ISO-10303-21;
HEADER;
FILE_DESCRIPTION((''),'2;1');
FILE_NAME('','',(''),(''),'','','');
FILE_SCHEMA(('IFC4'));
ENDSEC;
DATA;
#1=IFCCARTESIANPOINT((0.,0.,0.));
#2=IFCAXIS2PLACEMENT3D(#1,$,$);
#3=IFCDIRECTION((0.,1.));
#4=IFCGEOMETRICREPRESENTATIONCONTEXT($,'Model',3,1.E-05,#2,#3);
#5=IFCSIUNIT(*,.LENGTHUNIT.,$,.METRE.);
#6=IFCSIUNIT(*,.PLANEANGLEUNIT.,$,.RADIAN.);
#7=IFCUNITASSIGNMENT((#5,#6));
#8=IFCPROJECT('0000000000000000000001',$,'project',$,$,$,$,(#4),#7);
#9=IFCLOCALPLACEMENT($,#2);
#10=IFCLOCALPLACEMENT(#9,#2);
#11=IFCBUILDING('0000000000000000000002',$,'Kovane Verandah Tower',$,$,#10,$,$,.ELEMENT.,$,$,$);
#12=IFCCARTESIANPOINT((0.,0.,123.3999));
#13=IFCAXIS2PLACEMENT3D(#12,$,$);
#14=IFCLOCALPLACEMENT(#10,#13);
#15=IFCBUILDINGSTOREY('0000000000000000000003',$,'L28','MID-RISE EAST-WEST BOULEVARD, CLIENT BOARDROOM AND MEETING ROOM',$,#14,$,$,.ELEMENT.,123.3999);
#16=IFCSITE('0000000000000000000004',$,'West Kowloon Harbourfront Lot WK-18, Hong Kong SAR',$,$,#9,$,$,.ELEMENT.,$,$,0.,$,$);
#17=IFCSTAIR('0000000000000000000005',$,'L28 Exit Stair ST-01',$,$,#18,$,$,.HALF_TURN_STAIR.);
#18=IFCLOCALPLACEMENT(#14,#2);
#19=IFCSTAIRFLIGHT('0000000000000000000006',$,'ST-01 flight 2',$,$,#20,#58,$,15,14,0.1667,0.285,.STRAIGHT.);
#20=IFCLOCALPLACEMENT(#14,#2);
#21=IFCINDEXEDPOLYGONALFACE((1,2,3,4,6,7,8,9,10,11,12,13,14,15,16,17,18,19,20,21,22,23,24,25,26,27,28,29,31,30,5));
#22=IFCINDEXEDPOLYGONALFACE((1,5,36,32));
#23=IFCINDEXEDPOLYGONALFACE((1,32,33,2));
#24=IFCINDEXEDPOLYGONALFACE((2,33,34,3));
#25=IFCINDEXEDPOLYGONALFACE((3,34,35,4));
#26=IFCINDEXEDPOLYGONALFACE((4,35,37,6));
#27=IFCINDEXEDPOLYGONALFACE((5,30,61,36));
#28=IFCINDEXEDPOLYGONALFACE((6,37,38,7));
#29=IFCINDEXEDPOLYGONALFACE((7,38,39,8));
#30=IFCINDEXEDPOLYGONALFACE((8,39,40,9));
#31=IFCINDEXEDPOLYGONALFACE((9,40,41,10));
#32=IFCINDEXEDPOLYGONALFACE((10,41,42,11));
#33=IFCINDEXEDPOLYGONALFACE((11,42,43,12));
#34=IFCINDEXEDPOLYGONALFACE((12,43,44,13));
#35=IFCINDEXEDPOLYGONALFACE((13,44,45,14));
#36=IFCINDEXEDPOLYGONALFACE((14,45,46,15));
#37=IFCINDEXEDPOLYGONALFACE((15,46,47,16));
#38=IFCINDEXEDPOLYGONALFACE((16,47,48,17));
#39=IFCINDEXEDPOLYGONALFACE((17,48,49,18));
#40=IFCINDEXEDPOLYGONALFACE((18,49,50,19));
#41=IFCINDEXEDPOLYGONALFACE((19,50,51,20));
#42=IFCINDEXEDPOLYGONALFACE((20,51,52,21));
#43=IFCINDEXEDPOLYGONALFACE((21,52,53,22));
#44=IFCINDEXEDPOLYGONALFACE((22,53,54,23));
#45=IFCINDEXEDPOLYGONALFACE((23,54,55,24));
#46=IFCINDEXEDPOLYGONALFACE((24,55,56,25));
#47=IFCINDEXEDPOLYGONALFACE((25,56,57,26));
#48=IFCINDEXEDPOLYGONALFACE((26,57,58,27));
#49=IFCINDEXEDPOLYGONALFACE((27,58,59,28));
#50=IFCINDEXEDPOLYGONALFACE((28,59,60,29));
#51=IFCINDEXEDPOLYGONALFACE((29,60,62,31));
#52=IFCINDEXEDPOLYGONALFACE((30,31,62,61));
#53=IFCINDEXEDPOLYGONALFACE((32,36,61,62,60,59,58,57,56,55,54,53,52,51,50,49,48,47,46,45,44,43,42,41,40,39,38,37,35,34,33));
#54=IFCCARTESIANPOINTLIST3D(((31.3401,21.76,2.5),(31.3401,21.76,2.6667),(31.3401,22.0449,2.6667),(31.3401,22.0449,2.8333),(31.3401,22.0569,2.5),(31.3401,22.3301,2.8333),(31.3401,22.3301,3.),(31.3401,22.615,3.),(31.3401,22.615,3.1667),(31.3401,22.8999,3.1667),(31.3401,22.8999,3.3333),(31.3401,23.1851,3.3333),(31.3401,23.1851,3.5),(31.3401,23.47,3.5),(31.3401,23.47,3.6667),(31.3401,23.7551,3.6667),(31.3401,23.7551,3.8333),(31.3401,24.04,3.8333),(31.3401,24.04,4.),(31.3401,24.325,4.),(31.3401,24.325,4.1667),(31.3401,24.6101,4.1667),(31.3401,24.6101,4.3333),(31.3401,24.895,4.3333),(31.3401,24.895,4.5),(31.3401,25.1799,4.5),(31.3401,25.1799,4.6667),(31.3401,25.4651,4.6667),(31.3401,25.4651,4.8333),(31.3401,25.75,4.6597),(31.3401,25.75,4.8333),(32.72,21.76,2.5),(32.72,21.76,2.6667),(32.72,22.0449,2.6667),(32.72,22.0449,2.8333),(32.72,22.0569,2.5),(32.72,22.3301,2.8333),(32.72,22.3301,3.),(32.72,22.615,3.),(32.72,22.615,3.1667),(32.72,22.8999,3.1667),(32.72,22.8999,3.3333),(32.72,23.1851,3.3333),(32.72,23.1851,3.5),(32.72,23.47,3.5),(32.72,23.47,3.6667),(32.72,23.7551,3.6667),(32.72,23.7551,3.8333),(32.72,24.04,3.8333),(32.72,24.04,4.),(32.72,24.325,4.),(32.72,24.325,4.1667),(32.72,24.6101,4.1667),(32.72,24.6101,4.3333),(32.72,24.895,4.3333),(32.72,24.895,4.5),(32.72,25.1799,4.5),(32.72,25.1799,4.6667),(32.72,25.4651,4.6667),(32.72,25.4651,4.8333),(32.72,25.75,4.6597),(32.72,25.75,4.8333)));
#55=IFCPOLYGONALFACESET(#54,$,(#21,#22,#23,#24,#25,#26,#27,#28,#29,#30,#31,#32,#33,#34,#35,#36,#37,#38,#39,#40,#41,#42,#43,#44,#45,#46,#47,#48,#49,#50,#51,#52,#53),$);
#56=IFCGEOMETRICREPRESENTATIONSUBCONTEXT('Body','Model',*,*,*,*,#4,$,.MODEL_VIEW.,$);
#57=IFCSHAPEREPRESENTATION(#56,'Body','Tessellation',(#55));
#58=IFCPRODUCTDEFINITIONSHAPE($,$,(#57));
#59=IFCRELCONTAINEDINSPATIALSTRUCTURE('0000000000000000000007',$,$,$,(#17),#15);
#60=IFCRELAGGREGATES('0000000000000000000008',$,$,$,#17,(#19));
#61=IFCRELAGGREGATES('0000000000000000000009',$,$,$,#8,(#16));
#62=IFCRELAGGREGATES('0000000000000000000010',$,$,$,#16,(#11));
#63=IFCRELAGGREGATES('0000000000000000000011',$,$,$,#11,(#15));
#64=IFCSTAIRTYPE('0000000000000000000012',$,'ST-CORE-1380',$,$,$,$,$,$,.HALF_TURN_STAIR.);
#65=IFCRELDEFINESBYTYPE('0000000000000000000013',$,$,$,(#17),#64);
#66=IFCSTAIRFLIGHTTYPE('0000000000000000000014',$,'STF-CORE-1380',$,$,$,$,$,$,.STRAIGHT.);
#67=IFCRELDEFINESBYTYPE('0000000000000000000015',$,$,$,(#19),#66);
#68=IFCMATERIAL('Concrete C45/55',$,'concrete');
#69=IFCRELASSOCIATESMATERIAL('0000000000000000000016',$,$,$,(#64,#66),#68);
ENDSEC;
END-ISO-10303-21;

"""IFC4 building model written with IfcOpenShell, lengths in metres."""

from ifc_helpers import new_model, si_unit, direction, frame, origin, place, context, subcontext, project, spatial, polyline, outline, extrude, material, type_object, element, aggregate, save


model = new_model("IFC4")

# Units and contexts
model_context = context("Model", 3, precision=1e-05, world=origin(), true_north=direction((0.0, 1.0)))
body_context = subcontext(model_context, "Body", "Model", "MODEL_VIEW")
ifc_project = project(units=[si_unit("LENGTHUNIT", "METRE"), si_unit("PLANEANGLEUNIT", "RADIAN")], contexts=[model_context])

# Site, building, storey
site_placement = place(None, origin())
site = spatial("IfcSite", under=ifc_project, at=site_placement, Name="West Kowloon Harbourfront Lot WK-18, Hong Kong SAR", CompositionType="ELEMENT", RefElevation=0.0)
building_placement = place(site_placement, origin())
building = spatial("IfcBuilding", under=site, at=building_placement, Name="Kovane Verandah Tower", CompositionType="ELEMENT")
storey_placement = place(building_placement, frame((0.0, 0.0, 123.3999)))
storey = spatial("IfcBuildingStorey", under=building, at=storey_placement, Name="L28", Description="MID-RISE EAST-WEST BOULEVARD, CLIENT BOARDROOM AND MEETING ROOM", CompositionType="ELEMENT", Elevation=123.3999)

# Shared definitions
ifc_material_1 = material(Name="Concrete C45/55", Category="concrete")

# Stair, stair flight
stair_type = type_object("IfcStairType", Name="ST-CORE-1380", PredefinedType="HALF_TURN_STAIR", material=ifc_material_1)
stair_placement = place(storey_placement, origin())
stair = element("IfcStair", 1, at=stair_placement, inside=storey, type_object=stair_type, Name="L28 Exit Stair ST-01", PredefinedType="HALF_TURN_STAIR")
stair_flight_type = type_object("IfcStairFlightType", Name="STF-CORE-1380", PredefinedType="STRAIGHT", material=ifc_material_1)
stair_flight_1_placement = place(storey_placement, frame((32.03, 21.76, 2.5), z_axis=(0.0, 0.0, 1.0), x_axis=(0.0, 1.0, 0.0)))
stair_flight_1 = element("IfcStairFlight", 2, at=stair_flight_1_placement, type_object=stair_flight_type, Name="ST-01 flight 2", NumberOfRisers=15, NumberOfTreads=14, PredefinedType="STRAIGHT", RiserHeight=0.1667, TreadLength=0.285, context=body_context, shape_type="SweptSolid", body=[
    extrude(outline(polyline([(0.0, 0.0), (0.0, 0.1667), (0.2849, 0.1667), (0.2849, 0.3333), (0.5701, 0.3333), (0.5701, 0.5), (0.855, 0.5), (0.855, 0.6667), (1.1399, 0.6667), (1.1399, 0.8333), (1.425, 0.8333), (1.425, 1.0), (1.71, 1.0), (1.71, 1.1667), (1.9951, 1.1667), (1.9951, 1.3333), (2.28, 1.3333), (2.28, 1.5), (2.5649, 1.5), (2.5649, 1.6667), (2.8501, 1.6667), (2.8501, 1.8333), (3.135, 1.8333), (3.135, 2.0), (3.4199, 2.0), (3.4199, 2.1667), (3.7051, 2.1667), (3.7051, 2.3333), (3.99, 2.3333), (3.99, 2.5), (3.99, 2.1597), (0.2969, 0.0), (0.0, 0.0)])), frame((0.0, 0.6899, 0.0), z_axis=(0.0, -1.0, 0.0), x_axis=(1.0, 0.0, 0.0)), (0.0, 0.0, 1.0), 1.3799),
])
aggregate(stair, [stair_flight_1])

save(model, "model.ifc")
